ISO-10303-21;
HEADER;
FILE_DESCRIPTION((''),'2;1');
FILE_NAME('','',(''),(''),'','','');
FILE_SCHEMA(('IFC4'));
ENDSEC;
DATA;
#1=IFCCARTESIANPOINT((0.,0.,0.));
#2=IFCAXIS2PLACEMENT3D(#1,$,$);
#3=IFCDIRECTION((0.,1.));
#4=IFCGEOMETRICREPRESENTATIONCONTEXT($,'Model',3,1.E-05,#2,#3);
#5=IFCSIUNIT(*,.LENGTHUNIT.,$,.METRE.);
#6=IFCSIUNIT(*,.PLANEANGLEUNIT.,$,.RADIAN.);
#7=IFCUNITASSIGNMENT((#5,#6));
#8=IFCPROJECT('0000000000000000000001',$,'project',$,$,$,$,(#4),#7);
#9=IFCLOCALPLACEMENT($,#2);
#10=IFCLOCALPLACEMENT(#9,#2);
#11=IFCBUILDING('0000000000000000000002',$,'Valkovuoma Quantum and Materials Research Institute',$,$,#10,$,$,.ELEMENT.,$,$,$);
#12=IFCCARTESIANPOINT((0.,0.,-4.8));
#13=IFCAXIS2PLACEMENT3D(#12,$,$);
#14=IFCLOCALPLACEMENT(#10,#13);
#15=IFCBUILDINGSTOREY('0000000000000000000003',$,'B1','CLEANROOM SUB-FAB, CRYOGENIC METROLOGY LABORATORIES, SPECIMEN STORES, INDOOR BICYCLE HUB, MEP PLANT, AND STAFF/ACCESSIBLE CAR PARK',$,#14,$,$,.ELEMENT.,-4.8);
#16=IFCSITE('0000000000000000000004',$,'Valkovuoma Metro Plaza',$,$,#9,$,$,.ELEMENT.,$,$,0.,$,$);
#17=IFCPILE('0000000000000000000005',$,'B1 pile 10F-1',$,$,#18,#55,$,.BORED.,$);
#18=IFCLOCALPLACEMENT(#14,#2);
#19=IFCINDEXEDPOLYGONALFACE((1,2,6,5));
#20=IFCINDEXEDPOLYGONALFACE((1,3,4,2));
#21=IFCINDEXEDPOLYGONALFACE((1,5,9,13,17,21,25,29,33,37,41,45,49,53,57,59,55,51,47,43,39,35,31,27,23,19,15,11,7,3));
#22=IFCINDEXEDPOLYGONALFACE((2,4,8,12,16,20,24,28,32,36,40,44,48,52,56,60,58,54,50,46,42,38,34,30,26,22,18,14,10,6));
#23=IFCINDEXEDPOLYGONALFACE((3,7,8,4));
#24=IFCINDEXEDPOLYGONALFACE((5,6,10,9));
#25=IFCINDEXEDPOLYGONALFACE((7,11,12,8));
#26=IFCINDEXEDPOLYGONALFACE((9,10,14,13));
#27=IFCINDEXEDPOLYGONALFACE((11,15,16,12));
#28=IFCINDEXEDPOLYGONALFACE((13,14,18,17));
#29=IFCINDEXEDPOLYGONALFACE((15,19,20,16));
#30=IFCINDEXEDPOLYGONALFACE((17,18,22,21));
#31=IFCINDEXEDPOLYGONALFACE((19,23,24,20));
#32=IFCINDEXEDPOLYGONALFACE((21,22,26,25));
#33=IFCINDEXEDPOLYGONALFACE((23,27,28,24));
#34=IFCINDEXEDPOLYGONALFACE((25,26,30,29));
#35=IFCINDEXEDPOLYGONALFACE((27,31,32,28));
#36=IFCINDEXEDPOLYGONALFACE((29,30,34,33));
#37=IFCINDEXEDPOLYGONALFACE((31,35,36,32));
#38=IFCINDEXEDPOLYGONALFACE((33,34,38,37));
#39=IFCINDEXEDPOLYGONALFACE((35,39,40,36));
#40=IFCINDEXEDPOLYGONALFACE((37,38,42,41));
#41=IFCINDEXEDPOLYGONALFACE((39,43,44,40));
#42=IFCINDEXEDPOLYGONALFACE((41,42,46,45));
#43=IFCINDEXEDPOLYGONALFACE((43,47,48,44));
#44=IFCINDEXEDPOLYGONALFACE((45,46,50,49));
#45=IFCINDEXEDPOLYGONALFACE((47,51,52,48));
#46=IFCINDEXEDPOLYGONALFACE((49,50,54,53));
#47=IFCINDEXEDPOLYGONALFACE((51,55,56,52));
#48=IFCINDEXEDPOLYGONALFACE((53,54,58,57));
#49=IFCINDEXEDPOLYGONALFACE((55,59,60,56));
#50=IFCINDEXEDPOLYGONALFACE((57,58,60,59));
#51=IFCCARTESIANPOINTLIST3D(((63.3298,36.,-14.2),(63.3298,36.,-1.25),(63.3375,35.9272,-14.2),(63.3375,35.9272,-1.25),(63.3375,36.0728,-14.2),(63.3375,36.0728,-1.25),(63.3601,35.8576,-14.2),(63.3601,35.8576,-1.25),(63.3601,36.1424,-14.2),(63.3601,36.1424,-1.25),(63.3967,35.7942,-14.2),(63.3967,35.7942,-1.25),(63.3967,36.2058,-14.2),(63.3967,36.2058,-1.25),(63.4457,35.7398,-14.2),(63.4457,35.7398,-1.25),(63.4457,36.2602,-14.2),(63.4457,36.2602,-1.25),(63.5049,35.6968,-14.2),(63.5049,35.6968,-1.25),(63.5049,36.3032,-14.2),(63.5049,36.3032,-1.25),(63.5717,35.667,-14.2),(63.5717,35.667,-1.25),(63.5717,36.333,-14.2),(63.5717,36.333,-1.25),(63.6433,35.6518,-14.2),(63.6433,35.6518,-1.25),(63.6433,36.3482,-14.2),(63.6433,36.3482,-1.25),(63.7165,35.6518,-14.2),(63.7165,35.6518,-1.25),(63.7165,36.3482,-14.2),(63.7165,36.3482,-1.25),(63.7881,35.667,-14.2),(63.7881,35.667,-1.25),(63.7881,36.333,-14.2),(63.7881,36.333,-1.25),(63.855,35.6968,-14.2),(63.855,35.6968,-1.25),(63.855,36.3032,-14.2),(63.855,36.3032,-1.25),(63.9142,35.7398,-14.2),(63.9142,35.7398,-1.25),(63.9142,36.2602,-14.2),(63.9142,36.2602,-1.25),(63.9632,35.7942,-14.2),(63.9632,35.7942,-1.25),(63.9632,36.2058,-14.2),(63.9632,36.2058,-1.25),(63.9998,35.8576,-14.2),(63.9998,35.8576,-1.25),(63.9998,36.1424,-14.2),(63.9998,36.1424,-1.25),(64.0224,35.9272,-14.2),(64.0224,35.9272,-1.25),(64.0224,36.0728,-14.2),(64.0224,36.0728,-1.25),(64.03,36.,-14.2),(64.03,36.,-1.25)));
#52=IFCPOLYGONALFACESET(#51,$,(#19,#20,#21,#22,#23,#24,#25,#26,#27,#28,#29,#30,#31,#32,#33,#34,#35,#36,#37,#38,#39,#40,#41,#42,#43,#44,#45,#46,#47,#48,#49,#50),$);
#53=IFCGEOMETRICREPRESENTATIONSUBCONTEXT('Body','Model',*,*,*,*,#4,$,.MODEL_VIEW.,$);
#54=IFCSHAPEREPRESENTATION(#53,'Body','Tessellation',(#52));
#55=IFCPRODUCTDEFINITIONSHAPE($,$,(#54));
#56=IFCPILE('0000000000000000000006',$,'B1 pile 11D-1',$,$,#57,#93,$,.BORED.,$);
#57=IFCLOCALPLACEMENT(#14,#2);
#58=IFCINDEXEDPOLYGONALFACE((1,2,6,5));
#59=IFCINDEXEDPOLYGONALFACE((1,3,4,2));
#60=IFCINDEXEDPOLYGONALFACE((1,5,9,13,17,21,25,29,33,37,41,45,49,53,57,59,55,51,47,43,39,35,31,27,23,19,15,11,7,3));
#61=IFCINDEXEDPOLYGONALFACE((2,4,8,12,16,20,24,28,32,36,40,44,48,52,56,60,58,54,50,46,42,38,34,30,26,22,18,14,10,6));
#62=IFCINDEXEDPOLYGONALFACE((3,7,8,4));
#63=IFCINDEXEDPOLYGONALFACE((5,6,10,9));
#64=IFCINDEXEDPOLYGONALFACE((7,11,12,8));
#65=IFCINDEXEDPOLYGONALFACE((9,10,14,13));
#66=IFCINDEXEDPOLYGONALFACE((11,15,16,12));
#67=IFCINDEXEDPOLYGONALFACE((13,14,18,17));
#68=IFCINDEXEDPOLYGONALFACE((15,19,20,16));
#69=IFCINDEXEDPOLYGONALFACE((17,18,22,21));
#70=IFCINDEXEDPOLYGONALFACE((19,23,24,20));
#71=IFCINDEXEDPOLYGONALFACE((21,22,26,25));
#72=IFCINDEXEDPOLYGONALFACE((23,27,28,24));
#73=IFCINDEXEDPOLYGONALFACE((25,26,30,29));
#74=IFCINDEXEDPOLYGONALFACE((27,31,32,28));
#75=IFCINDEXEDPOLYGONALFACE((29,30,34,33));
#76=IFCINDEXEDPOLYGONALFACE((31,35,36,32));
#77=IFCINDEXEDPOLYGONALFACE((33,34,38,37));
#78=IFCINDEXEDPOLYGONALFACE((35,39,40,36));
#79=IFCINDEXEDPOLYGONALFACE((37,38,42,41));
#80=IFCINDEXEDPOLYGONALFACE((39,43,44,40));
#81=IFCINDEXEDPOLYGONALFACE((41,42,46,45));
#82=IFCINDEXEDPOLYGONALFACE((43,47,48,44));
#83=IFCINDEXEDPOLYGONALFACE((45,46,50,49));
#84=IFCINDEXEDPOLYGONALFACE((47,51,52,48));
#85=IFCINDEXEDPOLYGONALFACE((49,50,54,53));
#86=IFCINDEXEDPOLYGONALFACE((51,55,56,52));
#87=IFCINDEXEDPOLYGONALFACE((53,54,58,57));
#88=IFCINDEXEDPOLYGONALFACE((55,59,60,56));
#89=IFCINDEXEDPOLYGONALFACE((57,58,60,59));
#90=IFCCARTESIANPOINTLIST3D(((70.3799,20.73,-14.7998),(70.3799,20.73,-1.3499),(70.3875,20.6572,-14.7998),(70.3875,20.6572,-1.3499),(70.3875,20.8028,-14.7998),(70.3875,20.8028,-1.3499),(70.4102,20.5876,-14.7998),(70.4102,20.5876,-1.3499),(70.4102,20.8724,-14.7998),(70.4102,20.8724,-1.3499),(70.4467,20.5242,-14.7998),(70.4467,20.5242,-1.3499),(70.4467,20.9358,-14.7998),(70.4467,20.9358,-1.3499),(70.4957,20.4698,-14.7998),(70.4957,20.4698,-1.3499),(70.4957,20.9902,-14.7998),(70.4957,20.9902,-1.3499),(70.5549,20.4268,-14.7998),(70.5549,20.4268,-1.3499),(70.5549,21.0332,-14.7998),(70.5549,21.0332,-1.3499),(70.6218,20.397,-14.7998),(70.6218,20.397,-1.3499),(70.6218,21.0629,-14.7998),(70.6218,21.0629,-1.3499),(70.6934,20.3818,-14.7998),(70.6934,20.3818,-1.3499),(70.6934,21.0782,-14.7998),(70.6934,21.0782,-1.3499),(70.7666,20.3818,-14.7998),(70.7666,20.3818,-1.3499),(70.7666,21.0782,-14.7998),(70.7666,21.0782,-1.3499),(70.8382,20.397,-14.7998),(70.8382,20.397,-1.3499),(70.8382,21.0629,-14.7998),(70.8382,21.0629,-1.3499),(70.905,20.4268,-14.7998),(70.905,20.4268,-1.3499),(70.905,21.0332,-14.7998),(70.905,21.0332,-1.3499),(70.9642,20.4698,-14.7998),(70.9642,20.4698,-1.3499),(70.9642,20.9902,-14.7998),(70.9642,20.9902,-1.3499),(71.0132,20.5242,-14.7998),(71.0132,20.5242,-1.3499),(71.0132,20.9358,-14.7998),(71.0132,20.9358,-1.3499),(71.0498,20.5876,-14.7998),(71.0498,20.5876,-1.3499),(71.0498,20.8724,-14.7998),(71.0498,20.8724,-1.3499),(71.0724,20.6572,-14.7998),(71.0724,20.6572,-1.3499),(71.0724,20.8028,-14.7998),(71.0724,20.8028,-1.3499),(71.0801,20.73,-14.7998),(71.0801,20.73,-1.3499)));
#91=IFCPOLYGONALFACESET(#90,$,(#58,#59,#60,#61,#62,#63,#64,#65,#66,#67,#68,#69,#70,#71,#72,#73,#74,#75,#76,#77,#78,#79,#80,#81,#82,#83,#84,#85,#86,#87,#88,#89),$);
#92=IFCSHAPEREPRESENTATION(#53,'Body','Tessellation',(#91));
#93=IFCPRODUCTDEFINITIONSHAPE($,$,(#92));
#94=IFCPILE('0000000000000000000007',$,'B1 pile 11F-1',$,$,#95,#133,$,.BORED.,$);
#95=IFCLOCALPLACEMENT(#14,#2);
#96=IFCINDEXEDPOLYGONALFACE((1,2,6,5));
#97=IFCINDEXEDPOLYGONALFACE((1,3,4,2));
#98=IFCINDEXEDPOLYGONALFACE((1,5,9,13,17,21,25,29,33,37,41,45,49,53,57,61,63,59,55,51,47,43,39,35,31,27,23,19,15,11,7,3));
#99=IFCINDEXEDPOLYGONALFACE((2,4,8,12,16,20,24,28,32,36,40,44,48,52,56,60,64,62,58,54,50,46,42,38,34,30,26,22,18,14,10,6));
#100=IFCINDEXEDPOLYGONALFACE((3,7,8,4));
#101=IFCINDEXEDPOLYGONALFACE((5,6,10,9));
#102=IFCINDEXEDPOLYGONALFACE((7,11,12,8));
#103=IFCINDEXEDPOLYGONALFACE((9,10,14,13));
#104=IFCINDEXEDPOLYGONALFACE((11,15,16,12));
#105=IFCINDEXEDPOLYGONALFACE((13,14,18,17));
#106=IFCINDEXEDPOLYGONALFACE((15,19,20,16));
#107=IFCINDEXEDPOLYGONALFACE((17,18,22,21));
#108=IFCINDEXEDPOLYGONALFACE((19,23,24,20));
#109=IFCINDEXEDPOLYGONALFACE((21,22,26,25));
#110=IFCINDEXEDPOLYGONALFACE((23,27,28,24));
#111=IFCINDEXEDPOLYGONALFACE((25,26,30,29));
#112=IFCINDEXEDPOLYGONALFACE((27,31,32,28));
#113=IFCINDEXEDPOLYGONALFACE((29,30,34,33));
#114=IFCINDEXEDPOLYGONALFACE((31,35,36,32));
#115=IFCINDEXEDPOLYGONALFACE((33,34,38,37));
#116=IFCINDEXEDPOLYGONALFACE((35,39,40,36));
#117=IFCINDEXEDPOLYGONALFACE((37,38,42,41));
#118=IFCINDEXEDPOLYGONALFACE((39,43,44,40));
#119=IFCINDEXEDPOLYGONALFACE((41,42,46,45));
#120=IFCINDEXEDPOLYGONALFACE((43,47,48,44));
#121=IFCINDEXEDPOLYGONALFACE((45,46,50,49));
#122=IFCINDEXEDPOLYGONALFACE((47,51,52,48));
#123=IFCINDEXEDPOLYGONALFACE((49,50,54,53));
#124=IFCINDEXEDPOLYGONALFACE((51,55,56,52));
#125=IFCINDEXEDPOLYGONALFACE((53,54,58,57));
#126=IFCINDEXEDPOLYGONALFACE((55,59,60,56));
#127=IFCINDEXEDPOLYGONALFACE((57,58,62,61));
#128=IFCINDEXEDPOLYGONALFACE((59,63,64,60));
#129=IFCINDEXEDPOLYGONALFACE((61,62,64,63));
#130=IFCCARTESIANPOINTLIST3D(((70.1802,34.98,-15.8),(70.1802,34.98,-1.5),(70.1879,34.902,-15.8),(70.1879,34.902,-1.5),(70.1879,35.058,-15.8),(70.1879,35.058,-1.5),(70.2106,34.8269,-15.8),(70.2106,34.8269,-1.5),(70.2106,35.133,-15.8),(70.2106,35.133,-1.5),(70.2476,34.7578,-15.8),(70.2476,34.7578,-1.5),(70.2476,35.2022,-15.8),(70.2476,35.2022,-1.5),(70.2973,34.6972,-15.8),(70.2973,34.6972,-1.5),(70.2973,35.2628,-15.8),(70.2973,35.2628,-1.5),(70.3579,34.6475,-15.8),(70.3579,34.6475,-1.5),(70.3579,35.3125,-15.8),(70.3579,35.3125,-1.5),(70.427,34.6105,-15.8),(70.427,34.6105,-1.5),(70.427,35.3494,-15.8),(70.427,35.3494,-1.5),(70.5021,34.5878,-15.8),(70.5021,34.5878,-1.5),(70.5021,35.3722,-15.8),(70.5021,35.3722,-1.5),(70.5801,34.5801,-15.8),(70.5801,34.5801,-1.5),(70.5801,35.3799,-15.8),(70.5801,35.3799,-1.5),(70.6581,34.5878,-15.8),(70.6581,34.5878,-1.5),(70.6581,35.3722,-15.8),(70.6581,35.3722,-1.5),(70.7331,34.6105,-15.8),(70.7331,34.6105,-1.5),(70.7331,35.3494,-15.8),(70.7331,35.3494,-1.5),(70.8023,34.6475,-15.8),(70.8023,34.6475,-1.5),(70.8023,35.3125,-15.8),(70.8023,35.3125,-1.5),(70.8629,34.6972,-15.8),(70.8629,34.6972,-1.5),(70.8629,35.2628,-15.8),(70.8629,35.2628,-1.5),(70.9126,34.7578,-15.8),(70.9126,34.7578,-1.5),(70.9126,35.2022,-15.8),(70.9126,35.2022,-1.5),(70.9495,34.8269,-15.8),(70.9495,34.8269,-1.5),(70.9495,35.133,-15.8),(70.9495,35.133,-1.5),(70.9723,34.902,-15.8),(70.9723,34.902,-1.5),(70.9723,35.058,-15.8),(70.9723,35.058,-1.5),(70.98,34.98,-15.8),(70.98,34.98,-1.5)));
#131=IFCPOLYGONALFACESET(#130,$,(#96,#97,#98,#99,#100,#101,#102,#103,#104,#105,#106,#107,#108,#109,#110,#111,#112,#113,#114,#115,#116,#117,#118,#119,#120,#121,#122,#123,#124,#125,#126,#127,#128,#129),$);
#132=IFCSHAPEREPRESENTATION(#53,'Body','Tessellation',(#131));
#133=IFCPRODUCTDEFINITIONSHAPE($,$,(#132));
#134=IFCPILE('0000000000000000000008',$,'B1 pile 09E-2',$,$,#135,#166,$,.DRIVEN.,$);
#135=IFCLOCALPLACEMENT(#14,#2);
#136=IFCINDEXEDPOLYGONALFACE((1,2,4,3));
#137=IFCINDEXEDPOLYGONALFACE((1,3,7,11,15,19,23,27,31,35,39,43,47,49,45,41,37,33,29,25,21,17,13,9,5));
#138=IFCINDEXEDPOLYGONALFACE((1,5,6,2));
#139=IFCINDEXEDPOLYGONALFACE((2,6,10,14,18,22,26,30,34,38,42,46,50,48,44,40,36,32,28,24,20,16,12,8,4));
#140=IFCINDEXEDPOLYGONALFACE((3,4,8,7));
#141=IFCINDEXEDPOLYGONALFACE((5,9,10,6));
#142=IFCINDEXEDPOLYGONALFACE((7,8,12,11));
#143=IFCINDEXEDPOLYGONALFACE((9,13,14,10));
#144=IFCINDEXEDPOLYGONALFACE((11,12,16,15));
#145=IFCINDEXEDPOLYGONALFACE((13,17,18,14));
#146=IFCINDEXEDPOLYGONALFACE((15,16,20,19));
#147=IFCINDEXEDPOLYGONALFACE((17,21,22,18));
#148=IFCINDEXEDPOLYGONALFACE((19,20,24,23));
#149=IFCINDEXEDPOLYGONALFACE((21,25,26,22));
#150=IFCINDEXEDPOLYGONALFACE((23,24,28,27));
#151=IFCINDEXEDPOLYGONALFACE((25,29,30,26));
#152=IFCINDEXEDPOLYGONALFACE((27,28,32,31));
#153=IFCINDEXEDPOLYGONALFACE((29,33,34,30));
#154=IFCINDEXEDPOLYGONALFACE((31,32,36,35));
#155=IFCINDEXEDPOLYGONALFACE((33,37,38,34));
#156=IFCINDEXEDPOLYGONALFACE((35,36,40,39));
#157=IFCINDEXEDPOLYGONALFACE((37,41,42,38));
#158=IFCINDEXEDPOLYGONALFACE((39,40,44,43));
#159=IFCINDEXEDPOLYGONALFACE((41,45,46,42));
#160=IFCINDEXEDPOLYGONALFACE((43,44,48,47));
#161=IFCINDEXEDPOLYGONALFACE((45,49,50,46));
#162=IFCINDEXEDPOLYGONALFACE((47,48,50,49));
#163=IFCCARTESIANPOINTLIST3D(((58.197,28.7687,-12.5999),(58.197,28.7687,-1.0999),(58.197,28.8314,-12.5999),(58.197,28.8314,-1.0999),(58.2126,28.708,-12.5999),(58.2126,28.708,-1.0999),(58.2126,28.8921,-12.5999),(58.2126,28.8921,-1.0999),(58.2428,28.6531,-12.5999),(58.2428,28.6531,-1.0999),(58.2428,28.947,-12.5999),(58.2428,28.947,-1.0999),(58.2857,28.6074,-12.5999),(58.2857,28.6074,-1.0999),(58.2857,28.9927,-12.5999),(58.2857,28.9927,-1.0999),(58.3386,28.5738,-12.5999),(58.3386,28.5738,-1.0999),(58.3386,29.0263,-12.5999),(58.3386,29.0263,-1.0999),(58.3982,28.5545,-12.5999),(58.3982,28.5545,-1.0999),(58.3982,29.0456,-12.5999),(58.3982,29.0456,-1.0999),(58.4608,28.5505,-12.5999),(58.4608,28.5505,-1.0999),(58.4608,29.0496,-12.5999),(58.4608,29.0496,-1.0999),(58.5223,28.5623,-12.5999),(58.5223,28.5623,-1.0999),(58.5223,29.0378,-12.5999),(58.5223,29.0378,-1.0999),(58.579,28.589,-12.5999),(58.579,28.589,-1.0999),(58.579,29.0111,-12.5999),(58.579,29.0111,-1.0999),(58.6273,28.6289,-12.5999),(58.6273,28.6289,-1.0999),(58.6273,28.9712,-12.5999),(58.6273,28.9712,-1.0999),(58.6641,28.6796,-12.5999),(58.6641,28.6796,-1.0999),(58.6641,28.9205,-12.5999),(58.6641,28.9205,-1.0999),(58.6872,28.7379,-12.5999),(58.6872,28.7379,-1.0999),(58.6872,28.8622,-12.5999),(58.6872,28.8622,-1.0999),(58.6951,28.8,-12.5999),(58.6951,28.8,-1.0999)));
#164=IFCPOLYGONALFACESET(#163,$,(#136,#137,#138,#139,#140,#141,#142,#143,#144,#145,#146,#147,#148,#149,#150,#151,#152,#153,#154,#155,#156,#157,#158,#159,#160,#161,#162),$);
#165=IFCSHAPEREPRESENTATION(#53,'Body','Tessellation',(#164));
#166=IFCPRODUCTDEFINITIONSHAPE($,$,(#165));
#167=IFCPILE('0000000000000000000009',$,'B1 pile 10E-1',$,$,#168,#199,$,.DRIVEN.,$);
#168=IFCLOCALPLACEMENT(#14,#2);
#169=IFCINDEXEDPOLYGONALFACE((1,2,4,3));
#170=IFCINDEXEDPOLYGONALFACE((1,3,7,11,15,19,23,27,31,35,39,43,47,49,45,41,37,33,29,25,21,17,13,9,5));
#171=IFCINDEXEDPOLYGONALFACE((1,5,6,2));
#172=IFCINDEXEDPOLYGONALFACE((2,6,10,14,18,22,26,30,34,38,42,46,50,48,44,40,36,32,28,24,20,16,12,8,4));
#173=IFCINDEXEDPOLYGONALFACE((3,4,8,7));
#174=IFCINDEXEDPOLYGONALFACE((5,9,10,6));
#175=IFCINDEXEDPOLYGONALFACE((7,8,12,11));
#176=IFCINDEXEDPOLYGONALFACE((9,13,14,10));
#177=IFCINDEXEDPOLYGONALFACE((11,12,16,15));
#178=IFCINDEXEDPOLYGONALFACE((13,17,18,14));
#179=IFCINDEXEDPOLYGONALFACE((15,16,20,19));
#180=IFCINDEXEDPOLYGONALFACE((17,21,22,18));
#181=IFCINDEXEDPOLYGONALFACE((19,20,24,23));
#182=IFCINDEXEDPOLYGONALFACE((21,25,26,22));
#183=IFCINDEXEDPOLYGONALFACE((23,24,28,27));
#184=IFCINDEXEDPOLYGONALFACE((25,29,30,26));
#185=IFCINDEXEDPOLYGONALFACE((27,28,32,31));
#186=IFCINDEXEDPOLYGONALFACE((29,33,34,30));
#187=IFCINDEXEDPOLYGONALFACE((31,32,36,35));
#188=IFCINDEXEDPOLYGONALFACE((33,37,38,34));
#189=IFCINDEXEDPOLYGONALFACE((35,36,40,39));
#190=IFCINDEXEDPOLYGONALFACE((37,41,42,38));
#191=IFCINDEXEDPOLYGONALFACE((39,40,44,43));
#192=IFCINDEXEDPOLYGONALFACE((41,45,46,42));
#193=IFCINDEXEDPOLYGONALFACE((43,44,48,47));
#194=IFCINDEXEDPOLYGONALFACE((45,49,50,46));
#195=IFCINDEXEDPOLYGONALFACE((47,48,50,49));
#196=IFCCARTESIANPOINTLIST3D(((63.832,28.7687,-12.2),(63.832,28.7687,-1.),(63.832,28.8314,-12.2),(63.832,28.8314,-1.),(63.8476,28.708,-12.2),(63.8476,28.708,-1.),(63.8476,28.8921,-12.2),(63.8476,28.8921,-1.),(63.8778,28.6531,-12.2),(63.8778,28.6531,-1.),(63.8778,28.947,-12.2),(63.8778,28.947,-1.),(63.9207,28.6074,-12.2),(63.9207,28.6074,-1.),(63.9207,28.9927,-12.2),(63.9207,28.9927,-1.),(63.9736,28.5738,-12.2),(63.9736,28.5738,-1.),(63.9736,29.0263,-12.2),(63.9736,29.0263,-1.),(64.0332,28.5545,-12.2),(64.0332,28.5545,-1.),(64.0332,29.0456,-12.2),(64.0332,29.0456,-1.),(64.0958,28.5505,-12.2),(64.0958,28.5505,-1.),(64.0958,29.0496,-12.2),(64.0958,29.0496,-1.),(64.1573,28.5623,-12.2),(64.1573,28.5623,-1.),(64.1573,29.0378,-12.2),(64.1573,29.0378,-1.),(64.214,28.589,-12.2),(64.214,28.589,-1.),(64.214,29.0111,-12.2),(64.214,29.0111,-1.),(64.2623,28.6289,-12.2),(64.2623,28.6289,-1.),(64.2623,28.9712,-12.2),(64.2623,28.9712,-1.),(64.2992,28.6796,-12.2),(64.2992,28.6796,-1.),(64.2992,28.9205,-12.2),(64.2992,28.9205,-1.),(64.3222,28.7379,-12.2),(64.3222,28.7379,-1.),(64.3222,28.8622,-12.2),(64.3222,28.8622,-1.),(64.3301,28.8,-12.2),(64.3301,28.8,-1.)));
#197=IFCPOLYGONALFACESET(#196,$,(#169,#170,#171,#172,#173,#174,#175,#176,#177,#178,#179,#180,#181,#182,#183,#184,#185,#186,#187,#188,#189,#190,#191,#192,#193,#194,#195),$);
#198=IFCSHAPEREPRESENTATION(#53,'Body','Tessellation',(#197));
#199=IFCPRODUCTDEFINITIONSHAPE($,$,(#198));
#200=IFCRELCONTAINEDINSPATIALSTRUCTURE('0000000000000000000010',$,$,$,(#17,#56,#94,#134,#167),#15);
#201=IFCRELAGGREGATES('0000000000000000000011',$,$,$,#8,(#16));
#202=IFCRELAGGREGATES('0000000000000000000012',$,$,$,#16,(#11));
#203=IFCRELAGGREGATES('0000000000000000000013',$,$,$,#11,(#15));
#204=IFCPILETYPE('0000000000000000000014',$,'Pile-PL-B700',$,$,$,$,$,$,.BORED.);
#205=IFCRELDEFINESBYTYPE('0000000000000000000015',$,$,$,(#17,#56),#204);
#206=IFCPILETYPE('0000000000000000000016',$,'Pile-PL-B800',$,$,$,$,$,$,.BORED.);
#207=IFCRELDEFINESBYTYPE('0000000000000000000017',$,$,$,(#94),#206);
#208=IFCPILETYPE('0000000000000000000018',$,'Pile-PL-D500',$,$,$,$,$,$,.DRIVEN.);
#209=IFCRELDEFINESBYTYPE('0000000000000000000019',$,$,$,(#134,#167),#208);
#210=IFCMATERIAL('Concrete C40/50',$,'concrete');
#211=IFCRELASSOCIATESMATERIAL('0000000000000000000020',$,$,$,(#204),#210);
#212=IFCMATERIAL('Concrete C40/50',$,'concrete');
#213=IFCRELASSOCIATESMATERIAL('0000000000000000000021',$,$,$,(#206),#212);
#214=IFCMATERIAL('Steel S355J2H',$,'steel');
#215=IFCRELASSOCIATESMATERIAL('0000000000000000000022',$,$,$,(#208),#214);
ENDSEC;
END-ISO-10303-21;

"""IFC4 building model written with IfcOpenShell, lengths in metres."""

from ifc_helpers import new_model, si_unit, direction, frame, origin, origin_2d, place, context, subcontext, project, spatial, circle, extrude, material, material_profile, profile_set, type_object, element, save


model = new_model("IFC4")

# Units and contexts
model_context = context("Model", 3, precision=1e-05, world=origin(), true_north=direction((0.0, 1.0)))
body_context = subcontext(model_context, "Body", "Model", "MODEL_VIEW")
ifc_project = project(units=[si_unit("LENGTHUNIT", "METRE"), si_unit("PLANEANGLEUNIT", "RADIAN")], contexts=[model_context])

# Site, building, storey
site_placement = place(None, origin())
site = spatial("IfcSite", under=ifc_project, at=site_placement, Name="Valkovuoma Metro Plaza", CompositionType="ELEMENT", RefElevation=0.0)
building_placement = place(site_placement, origin())
building = spatial("IfcBuilding", under=site, at=building_placement, Name="Valkovuoma Quantum and Materials Research Institute", CompositionType="ELEMENT")
storey_placement = place(building_placement, frame((0.0, 0.0, -4.8)))
storey = spatial("IfcBuildingStorey", under=building, at=storey_placement, Name="B1", Description="CLEANROOM SUB-FAB, CRYOGENIC METROLOGY LABORATORIES, SPECIMEN STORES, INDOOR BICYCLE HUB, MEP PLANT, AND STAFF/ACCESSIBLE CAR PARK", CompositionType="ELEMENT", Elevation=-4.8)

# Piles
ifc_material_1 = material(Name="Concrete C40/50", Category="concrete")
ifc_material_profile_1 = material_profile(ifc_material_1, circle(Radius=0.3501, at=origin_2d()), Name="Concrete C40/50")
ifc_profile_set_1 = profile_set([ifc_material_profile_1], Name="Concrete C40/50")
pile_type_1 = type_object("IfcPileType", Name="Pile-PL-B700", PredefinedType="BORED", material=ifc_profile_set_1)
pile_1_placement = place(storey_placement, frame((63.6799, 36.0, -1.25), z_axis=(0.0, 0.0, -1.0), x_axis=(1.0, 0.0, 0.0)))
element("IfcPile", 1, at=pile_1_placement, inside=storey, type_object=pile_type_1, Name="B1 pile 10F-1", PredefinedType="BORED", context=body_context, shape_type="SweptSolid", body=[
    extrude(circle(Radius=0.3501, at=origin_2d()), origin(), (0.0, 0.0, 1.0), 12.95),
])
pile_2_placement = place(storey_placement, frame((70.73, 20.73, -1.3499), z_axis=(0.0, 0.0, -1.0), x_axis=(1.0, 0.0, 0.0)))
element("IfcPile", 2, at=pile_2_placement, inside=storey, type_object=pile_type_1, Name="B1 pile 11D-1", PredefinedType="BORED", context=body_context, shape_type="SweptSolid", body=[
    extrude(circle(Radius=0.3501, at=origin_2d()), origin(), (0.0, 0.0, 1.0), 13.45),
])
ifc_material_2 = material(Name="Concrete C40/50", Category="concrete")
ifc_material_profile_2 = material_profile(ifc_material_2, circle(Radius=0.3999, at=origin_2d()), Name="Concrete C40/50")
ifc_profile_set_2 = profile_set([ifc_material_profile_2], Name="Concrete C40/50")
pile_type_2 = type_object("IfcPileType", Name="Pile-PL-B800", PredefinedType="BORED", material=ifc_profile_set_2)
pile_3_placement = place(storey_placement, frame((70.5801, 34.98, -1.5), z_axis=(0.0, 0.0, -1.0), x_axis=(1.0, 0.0, 0.0)))
element("IfcPile", 3, at=pile_3_placement, inside=storey, type_object=pile_type_2, Name="B1 pile 11F-1", PredefinedType="BORED", context=body_context, shape_type="SweptSolid", body=[
    extrude(circle(Radius=0.3999, at=origin_2d()), origin(), (0.0, 0.0, 1.0), 14.3),
])
ifc_material_3 = material(Name="Steel S355J2H", Category="steel")
ifc_material_profile_3 = material_profile(ifc_material_3, circle(Radius=0.25, at=origin_2d()), Name="Steel S355J2H")
ifc_profile_set_3 = profile_set([ifc_material_profile_3], Name="Steel S355J2H")
pile_type_3 = type_object("IfcPileType", Name="Pile-PL-D500", PredefinedType="DRIVEN", material=ifc_profile_set_3)
pile_4_placement = place(storey_placement, frame((58.4451, 28.8, -1.0999), z_axis=(0.0, 0.0, -1.0), x_axis=(1.0, 0.0, 0.0)))
element("IfcPile", 4, at=pile_4_placement, inside=storey, type_object=pile_type_3, Name="B1 pile 09E-2", PredefinedType="DRIVEN", context=body_context, shape_type="SweptSolid", body=[
    extrude(circle(Radius=0.25, at=origin_2d()), origin(), (0.0, 0.0, 1.0), 11.5),
])
for number, where, z_axis, x_axis, name in (
    (5, (64.0801, 28.8, -1.0), (0.0, 0.0, -1.0), (1.0, 0.0, 0.0), "B1 pile 10E-1"),
):
    element("IfcPile", number, at=place(storey_placement, frame(where, z_axis=z_axis, x_axis=x_axis)), inside=storey, type_object=pile_type_3, Name=name, PredefinedType="DRIVEN", context=body_context, shape_type="SweptSolid", body=[
        extrude(circle(Radius=0.25, at=origin_2d()), origin(), (0.0, 0.0, 1.0), 11.2),
    ])

save(model, "model.ifc")
